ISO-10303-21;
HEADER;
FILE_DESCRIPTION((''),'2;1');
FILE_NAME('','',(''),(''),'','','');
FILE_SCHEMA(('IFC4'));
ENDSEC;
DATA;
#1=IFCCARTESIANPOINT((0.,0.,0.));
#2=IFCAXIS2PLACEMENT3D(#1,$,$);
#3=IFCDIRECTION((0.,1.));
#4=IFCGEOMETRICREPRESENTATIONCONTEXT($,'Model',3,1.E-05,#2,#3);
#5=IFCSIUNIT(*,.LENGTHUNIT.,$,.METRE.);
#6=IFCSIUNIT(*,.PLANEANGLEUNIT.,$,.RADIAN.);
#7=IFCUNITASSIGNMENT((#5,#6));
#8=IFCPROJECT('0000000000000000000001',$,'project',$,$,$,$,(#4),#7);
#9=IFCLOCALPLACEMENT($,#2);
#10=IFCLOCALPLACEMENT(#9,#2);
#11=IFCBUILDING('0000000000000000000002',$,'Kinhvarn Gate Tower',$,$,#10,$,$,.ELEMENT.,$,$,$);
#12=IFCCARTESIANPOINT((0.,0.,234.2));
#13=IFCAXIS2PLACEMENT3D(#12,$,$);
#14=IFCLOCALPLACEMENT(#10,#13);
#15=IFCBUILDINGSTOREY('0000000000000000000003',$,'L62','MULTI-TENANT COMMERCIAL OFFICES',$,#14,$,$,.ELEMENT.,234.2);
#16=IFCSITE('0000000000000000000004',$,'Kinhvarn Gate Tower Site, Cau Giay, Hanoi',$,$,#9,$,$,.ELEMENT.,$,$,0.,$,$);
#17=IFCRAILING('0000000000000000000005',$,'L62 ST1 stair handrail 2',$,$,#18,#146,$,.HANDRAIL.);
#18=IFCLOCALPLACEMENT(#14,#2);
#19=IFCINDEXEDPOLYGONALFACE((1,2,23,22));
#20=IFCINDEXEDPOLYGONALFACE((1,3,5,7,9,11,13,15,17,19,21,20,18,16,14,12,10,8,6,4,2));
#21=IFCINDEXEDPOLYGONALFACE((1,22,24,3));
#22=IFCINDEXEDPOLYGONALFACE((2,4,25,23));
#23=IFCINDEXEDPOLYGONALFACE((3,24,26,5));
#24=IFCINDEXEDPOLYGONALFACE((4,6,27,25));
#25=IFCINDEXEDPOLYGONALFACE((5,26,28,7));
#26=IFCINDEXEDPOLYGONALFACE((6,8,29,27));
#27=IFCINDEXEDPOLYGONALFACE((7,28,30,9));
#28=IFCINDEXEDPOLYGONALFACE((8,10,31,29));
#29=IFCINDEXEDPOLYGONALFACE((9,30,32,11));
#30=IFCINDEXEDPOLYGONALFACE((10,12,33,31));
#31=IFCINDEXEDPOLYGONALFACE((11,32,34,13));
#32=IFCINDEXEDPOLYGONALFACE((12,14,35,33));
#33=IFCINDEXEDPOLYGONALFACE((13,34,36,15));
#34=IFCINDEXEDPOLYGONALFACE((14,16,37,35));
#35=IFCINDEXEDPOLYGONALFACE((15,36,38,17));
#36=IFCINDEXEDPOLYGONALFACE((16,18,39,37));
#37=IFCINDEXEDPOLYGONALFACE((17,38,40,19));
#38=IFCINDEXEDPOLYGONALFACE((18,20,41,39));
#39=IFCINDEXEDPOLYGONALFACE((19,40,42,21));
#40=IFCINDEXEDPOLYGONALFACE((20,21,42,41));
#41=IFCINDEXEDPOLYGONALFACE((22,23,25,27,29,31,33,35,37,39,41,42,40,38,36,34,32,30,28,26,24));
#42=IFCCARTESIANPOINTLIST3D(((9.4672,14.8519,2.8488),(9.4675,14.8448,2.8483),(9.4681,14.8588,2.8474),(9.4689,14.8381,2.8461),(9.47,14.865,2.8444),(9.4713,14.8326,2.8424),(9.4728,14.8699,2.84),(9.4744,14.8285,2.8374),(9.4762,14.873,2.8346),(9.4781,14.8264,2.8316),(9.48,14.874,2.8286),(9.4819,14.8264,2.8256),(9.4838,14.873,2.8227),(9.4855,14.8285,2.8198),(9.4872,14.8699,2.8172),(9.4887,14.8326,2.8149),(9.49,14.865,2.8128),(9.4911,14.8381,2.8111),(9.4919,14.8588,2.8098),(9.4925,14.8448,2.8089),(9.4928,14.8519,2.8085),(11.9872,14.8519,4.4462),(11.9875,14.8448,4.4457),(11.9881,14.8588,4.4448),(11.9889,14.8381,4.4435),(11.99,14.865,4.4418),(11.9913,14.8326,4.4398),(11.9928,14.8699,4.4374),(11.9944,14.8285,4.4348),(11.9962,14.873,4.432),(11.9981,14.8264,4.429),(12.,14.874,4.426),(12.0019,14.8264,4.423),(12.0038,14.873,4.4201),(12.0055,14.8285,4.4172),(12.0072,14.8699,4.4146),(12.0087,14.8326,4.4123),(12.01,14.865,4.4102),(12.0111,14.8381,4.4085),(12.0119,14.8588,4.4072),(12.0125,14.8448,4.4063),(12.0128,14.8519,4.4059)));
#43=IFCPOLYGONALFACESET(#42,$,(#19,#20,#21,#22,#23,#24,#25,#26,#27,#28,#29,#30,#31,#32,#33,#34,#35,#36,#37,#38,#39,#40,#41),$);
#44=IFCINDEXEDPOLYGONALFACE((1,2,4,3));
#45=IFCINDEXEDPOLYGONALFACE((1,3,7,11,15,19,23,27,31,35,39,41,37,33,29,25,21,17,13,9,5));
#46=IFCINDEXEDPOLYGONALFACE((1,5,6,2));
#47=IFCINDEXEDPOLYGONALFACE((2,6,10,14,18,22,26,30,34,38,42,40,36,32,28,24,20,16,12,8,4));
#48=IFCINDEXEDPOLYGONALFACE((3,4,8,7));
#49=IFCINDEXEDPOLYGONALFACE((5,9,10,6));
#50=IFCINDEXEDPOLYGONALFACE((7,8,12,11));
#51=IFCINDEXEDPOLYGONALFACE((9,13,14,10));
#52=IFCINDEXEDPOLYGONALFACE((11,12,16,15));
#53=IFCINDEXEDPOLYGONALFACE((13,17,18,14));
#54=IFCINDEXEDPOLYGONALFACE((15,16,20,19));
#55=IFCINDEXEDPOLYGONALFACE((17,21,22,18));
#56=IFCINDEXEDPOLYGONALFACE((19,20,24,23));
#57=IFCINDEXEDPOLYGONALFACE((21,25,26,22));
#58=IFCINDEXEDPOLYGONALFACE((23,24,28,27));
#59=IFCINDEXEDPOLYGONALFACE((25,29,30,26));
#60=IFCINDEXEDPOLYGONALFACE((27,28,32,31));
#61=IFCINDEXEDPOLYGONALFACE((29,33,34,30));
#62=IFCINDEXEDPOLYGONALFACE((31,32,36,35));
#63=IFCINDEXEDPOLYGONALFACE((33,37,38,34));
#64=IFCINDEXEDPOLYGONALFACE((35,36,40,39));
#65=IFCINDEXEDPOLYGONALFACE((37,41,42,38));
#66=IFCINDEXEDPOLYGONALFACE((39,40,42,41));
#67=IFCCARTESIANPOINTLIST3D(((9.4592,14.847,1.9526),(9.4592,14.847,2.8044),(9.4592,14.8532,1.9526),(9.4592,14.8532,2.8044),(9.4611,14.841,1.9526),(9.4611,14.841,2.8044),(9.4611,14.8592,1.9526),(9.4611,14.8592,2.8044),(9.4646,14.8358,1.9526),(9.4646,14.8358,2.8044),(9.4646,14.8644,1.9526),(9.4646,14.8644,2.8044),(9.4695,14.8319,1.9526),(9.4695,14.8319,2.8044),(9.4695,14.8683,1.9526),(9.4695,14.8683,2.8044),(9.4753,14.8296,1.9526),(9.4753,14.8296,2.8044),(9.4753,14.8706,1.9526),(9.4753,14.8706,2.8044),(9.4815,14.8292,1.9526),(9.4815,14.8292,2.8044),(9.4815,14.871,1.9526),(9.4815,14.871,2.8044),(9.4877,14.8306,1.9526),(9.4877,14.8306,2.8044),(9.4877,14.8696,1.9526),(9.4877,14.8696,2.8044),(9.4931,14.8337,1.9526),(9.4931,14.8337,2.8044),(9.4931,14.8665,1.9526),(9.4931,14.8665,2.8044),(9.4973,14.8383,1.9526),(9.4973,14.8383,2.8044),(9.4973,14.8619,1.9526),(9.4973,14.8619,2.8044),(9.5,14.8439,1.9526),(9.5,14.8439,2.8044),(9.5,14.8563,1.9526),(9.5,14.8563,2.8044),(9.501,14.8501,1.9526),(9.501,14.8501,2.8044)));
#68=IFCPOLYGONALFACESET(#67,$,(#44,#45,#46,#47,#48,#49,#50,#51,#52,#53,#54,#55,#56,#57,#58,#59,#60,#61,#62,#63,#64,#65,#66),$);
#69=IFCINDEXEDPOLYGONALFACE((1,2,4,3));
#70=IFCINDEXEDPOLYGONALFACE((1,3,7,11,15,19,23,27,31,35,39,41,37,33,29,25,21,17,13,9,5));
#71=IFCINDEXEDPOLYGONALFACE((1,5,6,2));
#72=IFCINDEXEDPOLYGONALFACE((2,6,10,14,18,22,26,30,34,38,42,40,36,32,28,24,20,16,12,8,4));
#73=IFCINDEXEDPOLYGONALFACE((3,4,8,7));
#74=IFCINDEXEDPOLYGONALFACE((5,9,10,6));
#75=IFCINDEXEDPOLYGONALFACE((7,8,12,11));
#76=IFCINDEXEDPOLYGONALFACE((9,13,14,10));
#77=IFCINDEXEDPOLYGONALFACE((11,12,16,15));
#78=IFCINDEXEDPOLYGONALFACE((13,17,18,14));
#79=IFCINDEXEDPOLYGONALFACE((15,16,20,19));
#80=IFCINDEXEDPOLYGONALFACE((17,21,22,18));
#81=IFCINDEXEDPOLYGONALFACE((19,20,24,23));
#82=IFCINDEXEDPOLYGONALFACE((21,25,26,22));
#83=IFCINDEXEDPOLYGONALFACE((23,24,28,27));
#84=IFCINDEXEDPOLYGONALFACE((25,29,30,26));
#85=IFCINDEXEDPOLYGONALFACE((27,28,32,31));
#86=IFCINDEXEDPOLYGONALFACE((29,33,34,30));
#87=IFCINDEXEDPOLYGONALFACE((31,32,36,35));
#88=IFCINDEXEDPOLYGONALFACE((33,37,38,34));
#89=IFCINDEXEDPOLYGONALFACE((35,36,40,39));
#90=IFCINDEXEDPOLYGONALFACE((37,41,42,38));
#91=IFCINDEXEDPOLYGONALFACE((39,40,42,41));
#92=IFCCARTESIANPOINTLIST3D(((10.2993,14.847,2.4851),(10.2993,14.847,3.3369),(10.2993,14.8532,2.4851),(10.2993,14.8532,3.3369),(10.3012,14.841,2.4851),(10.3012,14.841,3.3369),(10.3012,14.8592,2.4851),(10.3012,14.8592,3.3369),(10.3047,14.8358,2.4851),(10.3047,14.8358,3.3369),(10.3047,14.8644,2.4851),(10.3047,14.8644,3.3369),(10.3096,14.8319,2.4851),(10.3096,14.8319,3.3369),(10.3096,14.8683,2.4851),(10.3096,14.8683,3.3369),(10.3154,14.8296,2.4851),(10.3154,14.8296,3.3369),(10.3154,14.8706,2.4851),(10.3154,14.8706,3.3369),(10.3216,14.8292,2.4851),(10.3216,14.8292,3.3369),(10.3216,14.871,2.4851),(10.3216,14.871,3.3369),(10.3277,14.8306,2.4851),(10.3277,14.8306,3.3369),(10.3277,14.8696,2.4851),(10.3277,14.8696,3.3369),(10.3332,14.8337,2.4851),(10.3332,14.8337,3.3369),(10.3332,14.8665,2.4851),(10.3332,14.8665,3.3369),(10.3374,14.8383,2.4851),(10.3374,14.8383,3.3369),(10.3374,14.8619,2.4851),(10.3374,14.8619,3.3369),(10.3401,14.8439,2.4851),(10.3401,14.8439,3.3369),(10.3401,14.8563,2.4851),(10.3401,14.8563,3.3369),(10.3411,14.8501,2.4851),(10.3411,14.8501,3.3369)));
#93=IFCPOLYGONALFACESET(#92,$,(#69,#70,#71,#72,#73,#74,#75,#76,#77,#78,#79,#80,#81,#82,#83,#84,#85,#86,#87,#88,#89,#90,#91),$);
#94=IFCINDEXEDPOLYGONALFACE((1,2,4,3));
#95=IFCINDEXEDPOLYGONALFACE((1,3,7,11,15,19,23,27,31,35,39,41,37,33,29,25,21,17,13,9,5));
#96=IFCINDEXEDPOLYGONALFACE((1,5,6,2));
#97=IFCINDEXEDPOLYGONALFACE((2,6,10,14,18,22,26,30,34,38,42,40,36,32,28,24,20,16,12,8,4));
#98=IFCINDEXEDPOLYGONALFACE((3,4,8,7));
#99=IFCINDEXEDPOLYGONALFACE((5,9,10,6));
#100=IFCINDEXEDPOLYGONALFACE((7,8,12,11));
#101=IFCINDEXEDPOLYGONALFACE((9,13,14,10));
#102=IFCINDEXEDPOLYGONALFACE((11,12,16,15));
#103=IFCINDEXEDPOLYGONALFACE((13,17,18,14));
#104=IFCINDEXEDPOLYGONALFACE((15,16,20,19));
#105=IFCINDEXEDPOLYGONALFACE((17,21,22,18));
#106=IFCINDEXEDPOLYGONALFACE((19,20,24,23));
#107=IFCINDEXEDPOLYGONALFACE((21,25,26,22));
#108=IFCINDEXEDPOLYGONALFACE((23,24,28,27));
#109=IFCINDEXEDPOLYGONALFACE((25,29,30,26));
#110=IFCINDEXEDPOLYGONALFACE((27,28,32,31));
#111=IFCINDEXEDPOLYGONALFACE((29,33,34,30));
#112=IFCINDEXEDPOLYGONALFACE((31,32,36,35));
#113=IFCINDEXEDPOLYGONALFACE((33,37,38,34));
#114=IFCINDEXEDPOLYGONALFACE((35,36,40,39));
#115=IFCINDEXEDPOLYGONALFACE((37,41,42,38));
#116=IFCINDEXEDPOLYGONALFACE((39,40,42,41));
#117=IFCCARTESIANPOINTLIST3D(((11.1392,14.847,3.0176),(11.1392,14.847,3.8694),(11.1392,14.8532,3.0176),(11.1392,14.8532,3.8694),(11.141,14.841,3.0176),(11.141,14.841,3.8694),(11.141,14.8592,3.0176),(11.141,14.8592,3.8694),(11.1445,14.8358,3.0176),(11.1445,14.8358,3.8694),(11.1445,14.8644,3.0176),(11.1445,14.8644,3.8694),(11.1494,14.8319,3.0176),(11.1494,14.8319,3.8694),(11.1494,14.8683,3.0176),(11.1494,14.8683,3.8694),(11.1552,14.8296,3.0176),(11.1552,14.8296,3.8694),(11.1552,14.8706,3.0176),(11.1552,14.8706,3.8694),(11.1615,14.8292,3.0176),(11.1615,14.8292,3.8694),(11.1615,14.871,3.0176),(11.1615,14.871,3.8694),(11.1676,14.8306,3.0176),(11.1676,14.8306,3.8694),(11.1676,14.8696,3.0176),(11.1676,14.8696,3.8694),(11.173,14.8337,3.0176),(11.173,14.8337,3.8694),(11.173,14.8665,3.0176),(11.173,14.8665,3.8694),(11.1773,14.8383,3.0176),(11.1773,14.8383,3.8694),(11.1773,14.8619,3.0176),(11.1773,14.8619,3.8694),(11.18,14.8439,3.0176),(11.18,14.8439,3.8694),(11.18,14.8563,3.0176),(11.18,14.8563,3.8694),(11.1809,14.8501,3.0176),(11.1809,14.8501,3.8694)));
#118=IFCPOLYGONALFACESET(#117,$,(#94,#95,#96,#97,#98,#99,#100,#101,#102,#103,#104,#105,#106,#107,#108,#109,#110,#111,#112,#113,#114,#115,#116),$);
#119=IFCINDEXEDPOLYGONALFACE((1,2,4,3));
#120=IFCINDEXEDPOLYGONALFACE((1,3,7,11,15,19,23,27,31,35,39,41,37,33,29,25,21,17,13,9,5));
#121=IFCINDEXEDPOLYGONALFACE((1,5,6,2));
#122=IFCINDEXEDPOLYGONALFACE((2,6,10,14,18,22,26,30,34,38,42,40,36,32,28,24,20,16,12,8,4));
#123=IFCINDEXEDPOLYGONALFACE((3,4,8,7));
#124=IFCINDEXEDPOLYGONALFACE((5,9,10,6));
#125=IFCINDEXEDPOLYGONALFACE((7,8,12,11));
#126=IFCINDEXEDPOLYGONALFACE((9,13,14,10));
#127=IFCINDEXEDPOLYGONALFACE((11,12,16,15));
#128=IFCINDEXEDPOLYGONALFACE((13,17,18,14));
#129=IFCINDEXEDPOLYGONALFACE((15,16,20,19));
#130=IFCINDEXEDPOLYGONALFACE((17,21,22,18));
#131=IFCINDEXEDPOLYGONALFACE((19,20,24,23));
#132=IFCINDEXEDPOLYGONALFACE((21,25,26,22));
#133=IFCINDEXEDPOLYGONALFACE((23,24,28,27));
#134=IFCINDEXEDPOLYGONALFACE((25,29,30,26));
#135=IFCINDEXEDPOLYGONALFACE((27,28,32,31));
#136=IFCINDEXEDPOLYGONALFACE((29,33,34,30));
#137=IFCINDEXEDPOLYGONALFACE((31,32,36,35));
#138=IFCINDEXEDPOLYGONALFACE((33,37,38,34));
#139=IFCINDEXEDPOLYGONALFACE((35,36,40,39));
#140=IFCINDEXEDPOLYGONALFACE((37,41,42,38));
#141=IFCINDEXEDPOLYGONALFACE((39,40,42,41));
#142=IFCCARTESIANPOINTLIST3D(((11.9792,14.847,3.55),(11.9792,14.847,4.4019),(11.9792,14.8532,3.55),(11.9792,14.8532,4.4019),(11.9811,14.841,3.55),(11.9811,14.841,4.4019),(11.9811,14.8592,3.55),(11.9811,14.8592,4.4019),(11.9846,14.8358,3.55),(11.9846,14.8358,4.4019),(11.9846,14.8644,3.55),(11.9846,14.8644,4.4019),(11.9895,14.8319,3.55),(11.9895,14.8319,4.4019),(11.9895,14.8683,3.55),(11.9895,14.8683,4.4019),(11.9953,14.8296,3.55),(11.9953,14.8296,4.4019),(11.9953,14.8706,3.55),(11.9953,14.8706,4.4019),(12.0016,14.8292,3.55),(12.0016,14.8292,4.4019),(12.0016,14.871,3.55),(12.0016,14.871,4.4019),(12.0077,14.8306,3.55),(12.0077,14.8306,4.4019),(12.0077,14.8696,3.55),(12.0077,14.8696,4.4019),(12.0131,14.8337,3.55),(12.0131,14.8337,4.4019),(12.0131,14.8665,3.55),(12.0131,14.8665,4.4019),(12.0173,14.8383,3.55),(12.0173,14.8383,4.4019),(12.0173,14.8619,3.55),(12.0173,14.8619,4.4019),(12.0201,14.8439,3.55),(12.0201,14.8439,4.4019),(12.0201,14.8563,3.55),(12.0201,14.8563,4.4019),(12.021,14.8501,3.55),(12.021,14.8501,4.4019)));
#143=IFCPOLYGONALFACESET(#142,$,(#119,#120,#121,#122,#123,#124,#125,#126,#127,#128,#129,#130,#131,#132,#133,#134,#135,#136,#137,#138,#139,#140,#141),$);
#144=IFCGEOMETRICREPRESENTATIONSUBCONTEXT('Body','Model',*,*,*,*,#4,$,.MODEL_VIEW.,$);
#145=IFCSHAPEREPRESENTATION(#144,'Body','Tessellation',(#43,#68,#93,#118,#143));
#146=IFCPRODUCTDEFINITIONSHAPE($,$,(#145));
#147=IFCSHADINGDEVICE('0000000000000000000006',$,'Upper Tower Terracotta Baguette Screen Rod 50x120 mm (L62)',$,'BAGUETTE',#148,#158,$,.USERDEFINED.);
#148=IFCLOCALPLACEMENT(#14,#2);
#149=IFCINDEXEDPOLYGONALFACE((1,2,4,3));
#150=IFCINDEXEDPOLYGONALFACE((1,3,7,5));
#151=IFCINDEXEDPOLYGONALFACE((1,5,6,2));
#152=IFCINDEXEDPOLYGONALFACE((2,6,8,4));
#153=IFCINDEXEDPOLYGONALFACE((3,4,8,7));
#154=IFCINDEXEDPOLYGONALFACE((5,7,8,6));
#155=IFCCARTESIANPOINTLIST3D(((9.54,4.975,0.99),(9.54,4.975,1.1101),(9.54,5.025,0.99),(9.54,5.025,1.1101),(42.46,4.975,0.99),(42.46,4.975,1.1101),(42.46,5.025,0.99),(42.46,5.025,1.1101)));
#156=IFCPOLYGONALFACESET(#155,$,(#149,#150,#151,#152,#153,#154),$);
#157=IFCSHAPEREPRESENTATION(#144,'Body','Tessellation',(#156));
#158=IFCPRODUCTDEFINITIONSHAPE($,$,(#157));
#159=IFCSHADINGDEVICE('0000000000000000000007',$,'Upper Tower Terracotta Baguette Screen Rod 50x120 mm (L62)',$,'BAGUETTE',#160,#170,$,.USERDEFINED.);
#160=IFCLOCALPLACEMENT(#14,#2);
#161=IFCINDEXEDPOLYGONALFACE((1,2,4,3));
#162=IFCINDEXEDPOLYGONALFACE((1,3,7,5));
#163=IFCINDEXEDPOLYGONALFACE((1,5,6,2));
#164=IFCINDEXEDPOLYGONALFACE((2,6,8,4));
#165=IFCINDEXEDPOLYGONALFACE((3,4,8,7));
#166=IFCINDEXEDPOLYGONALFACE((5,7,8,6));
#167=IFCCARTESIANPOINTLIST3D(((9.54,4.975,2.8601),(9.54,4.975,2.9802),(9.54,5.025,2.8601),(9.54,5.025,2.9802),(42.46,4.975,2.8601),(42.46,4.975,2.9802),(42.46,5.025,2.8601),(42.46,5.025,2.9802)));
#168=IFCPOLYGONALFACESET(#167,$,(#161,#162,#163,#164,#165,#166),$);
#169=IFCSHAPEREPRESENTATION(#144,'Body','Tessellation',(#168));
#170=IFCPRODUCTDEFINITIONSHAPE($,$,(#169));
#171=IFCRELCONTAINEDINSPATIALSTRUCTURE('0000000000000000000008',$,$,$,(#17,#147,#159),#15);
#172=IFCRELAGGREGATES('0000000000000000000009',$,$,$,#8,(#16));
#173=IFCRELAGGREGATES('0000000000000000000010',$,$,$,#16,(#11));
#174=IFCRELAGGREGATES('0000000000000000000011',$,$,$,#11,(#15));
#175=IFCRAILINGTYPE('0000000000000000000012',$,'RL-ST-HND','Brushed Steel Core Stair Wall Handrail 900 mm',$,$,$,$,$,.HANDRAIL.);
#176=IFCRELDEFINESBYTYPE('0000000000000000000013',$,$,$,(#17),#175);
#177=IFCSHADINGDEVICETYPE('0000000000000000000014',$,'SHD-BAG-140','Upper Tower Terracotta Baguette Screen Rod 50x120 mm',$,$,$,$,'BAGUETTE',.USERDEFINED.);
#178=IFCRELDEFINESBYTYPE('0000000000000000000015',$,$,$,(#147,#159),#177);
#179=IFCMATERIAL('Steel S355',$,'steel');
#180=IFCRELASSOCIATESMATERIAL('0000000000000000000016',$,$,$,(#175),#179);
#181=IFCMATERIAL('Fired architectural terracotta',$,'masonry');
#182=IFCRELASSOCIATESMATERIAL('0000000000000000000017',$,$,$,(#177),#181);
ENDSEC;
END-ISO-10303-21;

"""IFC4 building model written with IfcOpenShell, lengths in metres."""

from ifc_helpers import new_model, si_unit, direction, frame, origin, origin_2d, place, context, subcontext, project, spatial, rectangle, circle, extrude, material, material_profile, profile_set, type_object, element, save


model = new_model("IFC4")

# Units and contexts
model_context = context("Model", 3, precision=1e-05, world=origin(), true_north=direction((0.0, 1.0)))
body_context = subcontext(model_context, "Body", "Model", "MODEL_VIEW")
ifc_project = project(units=[si_unit("LENGTHUNIT", "METRE"), si_unit("PLANEANGLEUNIT", "RADIAN")], contexts=[model_context])

# Site, building, storey
site_placement = place(None, origin())
site = spatial("IfcSite", under=ifc_project, at=site_placement, Name="Kinhvarn Gate Tower Site, Cau Giay, Hanoi", CompositionType="ELEMENT", RefElevation=0.0)
building_placement = place(site_placement, origin())
building = spatial("IfcBuilding", under=site, at=building_placement, Name="Kinhvarn Gate Tower", CompositionType="ELEMENT")
storey_placement = place(building_placement, frame((0.0, 0.0, 234.2)))
storey = spatial("IfcBuildingStorey", under=building, at=storey_placement, Name="L62", Description="MULTI-TENANT COMMERCIAL OFFICES", CompositionType="ELEMENT", Elevation=234.2)

# Shared definitions
ifc_material_1 = material(Name="Steel S355", Category="steel")

# Shared definitions
ifc_material_2 = material(Name="Fired architectural terracotta", Category="masonry")

# Railing
railing_type_1 = type_object("IfcRailingType", Name="RL-ST-HND", Description="Brushed Steel Core Stair Wall Handrail 900 mm", PredefinedType="HANDRAIL", material=ifc_material_1)
railing_1_placement = place(storey_placement, frame((9.48, 14.8501, 1.9526)))
element("IfcRailing", 1, at=railing_1_placement, inside=storey, type_object=railing_type_1, Name="L62 ST1 stair handrail 2", PredefinedType="HANDRAIL", context=body_context, shape_type="SweptSolid", body=[
    extrude(circle(Radius=0.0239, at=origin_2d()), frame((0.0, 0.0, 0.876), z_axis=(0.844607, 0.0, 0.535387), x_axis=(0.0, 1.0, 0.0)), (0.0, 0.0, 1.0), 2.9836),
    extrude(circle(Radius=0.021, at=origin_2d()), origin(), (0.0, 0.0, 1.0), 0.8518),
    extrude(circle(Radius=0.021, at=origin_2d()), frame((0.8401, 0.0, 0.5325)), (0.0, 0.0, 1.0), 0.8518),
    extrude(circle(Radius=0.021, at=origin_2d()), frame((1.6799, 0.0, 1.0649)), (0.0, 0.0, 1.0), 0.8518),
    extrude(circle(Radius=0.021, at=origin_2d()), frame((2.52, 0.0, 1.5974)), (0.0, 0.0, 1.0), 0.8518),
])

# Shading devices
ifc_material_profile_1 = material_profile(ifc_material_2, rectangle(XDim=0.05, YDim=0.1201, at=origin_2d()), Name="TC 50x120")
ifc_profile_set_1 = profile_set([ifc_material_profile_1], Name="Fired architectural terracotta")
shading_device_type = type_object("IfcShadingDeviceType", Name="SHD-BAG-140", Description="Upper Tower Terracotta Baguette Screen Rod 50x120 mm", ElementType="BAGUETTE", PredefinedType="USERDEFINED", material=ifc_profile_set_1)
for number, where, z_axis, x_axis, name in (
    (2, (9.54, 5.0, 1.05), (1.0, 0.0, 0.0), (0.0, 1.0, 0.0), "Upper Tower Terracotta Baguette Screen Rod 50x120 mm (L62)"),
    (3, (9.54, 5.0, 2.9202), (1.0, 0.0, 0.0), (0.0, 1.0, 0.0), "Upper Tower Terracotta Baguette Screen Rod 50x120 mm (L62)"),
):
    element("IfcShadingDevice", number, at=place(storey_placement, frame(where, z_axis=z_axis, x_axis=x_axis)), inside=storey, type_object=shading_device_type, Name=name, ObjectType="BAGUETTE", PredefinedType="USERDEFINED", context=body_context, shape_type="SweptSolid", body=[
        extrude(rectangle(XDim=0.05, YDim=0.1201, at=origin_2d()), origin(), (0.0, 0.0, 1.0), 32.9199),
    ])

save(model, "model.ifc")
